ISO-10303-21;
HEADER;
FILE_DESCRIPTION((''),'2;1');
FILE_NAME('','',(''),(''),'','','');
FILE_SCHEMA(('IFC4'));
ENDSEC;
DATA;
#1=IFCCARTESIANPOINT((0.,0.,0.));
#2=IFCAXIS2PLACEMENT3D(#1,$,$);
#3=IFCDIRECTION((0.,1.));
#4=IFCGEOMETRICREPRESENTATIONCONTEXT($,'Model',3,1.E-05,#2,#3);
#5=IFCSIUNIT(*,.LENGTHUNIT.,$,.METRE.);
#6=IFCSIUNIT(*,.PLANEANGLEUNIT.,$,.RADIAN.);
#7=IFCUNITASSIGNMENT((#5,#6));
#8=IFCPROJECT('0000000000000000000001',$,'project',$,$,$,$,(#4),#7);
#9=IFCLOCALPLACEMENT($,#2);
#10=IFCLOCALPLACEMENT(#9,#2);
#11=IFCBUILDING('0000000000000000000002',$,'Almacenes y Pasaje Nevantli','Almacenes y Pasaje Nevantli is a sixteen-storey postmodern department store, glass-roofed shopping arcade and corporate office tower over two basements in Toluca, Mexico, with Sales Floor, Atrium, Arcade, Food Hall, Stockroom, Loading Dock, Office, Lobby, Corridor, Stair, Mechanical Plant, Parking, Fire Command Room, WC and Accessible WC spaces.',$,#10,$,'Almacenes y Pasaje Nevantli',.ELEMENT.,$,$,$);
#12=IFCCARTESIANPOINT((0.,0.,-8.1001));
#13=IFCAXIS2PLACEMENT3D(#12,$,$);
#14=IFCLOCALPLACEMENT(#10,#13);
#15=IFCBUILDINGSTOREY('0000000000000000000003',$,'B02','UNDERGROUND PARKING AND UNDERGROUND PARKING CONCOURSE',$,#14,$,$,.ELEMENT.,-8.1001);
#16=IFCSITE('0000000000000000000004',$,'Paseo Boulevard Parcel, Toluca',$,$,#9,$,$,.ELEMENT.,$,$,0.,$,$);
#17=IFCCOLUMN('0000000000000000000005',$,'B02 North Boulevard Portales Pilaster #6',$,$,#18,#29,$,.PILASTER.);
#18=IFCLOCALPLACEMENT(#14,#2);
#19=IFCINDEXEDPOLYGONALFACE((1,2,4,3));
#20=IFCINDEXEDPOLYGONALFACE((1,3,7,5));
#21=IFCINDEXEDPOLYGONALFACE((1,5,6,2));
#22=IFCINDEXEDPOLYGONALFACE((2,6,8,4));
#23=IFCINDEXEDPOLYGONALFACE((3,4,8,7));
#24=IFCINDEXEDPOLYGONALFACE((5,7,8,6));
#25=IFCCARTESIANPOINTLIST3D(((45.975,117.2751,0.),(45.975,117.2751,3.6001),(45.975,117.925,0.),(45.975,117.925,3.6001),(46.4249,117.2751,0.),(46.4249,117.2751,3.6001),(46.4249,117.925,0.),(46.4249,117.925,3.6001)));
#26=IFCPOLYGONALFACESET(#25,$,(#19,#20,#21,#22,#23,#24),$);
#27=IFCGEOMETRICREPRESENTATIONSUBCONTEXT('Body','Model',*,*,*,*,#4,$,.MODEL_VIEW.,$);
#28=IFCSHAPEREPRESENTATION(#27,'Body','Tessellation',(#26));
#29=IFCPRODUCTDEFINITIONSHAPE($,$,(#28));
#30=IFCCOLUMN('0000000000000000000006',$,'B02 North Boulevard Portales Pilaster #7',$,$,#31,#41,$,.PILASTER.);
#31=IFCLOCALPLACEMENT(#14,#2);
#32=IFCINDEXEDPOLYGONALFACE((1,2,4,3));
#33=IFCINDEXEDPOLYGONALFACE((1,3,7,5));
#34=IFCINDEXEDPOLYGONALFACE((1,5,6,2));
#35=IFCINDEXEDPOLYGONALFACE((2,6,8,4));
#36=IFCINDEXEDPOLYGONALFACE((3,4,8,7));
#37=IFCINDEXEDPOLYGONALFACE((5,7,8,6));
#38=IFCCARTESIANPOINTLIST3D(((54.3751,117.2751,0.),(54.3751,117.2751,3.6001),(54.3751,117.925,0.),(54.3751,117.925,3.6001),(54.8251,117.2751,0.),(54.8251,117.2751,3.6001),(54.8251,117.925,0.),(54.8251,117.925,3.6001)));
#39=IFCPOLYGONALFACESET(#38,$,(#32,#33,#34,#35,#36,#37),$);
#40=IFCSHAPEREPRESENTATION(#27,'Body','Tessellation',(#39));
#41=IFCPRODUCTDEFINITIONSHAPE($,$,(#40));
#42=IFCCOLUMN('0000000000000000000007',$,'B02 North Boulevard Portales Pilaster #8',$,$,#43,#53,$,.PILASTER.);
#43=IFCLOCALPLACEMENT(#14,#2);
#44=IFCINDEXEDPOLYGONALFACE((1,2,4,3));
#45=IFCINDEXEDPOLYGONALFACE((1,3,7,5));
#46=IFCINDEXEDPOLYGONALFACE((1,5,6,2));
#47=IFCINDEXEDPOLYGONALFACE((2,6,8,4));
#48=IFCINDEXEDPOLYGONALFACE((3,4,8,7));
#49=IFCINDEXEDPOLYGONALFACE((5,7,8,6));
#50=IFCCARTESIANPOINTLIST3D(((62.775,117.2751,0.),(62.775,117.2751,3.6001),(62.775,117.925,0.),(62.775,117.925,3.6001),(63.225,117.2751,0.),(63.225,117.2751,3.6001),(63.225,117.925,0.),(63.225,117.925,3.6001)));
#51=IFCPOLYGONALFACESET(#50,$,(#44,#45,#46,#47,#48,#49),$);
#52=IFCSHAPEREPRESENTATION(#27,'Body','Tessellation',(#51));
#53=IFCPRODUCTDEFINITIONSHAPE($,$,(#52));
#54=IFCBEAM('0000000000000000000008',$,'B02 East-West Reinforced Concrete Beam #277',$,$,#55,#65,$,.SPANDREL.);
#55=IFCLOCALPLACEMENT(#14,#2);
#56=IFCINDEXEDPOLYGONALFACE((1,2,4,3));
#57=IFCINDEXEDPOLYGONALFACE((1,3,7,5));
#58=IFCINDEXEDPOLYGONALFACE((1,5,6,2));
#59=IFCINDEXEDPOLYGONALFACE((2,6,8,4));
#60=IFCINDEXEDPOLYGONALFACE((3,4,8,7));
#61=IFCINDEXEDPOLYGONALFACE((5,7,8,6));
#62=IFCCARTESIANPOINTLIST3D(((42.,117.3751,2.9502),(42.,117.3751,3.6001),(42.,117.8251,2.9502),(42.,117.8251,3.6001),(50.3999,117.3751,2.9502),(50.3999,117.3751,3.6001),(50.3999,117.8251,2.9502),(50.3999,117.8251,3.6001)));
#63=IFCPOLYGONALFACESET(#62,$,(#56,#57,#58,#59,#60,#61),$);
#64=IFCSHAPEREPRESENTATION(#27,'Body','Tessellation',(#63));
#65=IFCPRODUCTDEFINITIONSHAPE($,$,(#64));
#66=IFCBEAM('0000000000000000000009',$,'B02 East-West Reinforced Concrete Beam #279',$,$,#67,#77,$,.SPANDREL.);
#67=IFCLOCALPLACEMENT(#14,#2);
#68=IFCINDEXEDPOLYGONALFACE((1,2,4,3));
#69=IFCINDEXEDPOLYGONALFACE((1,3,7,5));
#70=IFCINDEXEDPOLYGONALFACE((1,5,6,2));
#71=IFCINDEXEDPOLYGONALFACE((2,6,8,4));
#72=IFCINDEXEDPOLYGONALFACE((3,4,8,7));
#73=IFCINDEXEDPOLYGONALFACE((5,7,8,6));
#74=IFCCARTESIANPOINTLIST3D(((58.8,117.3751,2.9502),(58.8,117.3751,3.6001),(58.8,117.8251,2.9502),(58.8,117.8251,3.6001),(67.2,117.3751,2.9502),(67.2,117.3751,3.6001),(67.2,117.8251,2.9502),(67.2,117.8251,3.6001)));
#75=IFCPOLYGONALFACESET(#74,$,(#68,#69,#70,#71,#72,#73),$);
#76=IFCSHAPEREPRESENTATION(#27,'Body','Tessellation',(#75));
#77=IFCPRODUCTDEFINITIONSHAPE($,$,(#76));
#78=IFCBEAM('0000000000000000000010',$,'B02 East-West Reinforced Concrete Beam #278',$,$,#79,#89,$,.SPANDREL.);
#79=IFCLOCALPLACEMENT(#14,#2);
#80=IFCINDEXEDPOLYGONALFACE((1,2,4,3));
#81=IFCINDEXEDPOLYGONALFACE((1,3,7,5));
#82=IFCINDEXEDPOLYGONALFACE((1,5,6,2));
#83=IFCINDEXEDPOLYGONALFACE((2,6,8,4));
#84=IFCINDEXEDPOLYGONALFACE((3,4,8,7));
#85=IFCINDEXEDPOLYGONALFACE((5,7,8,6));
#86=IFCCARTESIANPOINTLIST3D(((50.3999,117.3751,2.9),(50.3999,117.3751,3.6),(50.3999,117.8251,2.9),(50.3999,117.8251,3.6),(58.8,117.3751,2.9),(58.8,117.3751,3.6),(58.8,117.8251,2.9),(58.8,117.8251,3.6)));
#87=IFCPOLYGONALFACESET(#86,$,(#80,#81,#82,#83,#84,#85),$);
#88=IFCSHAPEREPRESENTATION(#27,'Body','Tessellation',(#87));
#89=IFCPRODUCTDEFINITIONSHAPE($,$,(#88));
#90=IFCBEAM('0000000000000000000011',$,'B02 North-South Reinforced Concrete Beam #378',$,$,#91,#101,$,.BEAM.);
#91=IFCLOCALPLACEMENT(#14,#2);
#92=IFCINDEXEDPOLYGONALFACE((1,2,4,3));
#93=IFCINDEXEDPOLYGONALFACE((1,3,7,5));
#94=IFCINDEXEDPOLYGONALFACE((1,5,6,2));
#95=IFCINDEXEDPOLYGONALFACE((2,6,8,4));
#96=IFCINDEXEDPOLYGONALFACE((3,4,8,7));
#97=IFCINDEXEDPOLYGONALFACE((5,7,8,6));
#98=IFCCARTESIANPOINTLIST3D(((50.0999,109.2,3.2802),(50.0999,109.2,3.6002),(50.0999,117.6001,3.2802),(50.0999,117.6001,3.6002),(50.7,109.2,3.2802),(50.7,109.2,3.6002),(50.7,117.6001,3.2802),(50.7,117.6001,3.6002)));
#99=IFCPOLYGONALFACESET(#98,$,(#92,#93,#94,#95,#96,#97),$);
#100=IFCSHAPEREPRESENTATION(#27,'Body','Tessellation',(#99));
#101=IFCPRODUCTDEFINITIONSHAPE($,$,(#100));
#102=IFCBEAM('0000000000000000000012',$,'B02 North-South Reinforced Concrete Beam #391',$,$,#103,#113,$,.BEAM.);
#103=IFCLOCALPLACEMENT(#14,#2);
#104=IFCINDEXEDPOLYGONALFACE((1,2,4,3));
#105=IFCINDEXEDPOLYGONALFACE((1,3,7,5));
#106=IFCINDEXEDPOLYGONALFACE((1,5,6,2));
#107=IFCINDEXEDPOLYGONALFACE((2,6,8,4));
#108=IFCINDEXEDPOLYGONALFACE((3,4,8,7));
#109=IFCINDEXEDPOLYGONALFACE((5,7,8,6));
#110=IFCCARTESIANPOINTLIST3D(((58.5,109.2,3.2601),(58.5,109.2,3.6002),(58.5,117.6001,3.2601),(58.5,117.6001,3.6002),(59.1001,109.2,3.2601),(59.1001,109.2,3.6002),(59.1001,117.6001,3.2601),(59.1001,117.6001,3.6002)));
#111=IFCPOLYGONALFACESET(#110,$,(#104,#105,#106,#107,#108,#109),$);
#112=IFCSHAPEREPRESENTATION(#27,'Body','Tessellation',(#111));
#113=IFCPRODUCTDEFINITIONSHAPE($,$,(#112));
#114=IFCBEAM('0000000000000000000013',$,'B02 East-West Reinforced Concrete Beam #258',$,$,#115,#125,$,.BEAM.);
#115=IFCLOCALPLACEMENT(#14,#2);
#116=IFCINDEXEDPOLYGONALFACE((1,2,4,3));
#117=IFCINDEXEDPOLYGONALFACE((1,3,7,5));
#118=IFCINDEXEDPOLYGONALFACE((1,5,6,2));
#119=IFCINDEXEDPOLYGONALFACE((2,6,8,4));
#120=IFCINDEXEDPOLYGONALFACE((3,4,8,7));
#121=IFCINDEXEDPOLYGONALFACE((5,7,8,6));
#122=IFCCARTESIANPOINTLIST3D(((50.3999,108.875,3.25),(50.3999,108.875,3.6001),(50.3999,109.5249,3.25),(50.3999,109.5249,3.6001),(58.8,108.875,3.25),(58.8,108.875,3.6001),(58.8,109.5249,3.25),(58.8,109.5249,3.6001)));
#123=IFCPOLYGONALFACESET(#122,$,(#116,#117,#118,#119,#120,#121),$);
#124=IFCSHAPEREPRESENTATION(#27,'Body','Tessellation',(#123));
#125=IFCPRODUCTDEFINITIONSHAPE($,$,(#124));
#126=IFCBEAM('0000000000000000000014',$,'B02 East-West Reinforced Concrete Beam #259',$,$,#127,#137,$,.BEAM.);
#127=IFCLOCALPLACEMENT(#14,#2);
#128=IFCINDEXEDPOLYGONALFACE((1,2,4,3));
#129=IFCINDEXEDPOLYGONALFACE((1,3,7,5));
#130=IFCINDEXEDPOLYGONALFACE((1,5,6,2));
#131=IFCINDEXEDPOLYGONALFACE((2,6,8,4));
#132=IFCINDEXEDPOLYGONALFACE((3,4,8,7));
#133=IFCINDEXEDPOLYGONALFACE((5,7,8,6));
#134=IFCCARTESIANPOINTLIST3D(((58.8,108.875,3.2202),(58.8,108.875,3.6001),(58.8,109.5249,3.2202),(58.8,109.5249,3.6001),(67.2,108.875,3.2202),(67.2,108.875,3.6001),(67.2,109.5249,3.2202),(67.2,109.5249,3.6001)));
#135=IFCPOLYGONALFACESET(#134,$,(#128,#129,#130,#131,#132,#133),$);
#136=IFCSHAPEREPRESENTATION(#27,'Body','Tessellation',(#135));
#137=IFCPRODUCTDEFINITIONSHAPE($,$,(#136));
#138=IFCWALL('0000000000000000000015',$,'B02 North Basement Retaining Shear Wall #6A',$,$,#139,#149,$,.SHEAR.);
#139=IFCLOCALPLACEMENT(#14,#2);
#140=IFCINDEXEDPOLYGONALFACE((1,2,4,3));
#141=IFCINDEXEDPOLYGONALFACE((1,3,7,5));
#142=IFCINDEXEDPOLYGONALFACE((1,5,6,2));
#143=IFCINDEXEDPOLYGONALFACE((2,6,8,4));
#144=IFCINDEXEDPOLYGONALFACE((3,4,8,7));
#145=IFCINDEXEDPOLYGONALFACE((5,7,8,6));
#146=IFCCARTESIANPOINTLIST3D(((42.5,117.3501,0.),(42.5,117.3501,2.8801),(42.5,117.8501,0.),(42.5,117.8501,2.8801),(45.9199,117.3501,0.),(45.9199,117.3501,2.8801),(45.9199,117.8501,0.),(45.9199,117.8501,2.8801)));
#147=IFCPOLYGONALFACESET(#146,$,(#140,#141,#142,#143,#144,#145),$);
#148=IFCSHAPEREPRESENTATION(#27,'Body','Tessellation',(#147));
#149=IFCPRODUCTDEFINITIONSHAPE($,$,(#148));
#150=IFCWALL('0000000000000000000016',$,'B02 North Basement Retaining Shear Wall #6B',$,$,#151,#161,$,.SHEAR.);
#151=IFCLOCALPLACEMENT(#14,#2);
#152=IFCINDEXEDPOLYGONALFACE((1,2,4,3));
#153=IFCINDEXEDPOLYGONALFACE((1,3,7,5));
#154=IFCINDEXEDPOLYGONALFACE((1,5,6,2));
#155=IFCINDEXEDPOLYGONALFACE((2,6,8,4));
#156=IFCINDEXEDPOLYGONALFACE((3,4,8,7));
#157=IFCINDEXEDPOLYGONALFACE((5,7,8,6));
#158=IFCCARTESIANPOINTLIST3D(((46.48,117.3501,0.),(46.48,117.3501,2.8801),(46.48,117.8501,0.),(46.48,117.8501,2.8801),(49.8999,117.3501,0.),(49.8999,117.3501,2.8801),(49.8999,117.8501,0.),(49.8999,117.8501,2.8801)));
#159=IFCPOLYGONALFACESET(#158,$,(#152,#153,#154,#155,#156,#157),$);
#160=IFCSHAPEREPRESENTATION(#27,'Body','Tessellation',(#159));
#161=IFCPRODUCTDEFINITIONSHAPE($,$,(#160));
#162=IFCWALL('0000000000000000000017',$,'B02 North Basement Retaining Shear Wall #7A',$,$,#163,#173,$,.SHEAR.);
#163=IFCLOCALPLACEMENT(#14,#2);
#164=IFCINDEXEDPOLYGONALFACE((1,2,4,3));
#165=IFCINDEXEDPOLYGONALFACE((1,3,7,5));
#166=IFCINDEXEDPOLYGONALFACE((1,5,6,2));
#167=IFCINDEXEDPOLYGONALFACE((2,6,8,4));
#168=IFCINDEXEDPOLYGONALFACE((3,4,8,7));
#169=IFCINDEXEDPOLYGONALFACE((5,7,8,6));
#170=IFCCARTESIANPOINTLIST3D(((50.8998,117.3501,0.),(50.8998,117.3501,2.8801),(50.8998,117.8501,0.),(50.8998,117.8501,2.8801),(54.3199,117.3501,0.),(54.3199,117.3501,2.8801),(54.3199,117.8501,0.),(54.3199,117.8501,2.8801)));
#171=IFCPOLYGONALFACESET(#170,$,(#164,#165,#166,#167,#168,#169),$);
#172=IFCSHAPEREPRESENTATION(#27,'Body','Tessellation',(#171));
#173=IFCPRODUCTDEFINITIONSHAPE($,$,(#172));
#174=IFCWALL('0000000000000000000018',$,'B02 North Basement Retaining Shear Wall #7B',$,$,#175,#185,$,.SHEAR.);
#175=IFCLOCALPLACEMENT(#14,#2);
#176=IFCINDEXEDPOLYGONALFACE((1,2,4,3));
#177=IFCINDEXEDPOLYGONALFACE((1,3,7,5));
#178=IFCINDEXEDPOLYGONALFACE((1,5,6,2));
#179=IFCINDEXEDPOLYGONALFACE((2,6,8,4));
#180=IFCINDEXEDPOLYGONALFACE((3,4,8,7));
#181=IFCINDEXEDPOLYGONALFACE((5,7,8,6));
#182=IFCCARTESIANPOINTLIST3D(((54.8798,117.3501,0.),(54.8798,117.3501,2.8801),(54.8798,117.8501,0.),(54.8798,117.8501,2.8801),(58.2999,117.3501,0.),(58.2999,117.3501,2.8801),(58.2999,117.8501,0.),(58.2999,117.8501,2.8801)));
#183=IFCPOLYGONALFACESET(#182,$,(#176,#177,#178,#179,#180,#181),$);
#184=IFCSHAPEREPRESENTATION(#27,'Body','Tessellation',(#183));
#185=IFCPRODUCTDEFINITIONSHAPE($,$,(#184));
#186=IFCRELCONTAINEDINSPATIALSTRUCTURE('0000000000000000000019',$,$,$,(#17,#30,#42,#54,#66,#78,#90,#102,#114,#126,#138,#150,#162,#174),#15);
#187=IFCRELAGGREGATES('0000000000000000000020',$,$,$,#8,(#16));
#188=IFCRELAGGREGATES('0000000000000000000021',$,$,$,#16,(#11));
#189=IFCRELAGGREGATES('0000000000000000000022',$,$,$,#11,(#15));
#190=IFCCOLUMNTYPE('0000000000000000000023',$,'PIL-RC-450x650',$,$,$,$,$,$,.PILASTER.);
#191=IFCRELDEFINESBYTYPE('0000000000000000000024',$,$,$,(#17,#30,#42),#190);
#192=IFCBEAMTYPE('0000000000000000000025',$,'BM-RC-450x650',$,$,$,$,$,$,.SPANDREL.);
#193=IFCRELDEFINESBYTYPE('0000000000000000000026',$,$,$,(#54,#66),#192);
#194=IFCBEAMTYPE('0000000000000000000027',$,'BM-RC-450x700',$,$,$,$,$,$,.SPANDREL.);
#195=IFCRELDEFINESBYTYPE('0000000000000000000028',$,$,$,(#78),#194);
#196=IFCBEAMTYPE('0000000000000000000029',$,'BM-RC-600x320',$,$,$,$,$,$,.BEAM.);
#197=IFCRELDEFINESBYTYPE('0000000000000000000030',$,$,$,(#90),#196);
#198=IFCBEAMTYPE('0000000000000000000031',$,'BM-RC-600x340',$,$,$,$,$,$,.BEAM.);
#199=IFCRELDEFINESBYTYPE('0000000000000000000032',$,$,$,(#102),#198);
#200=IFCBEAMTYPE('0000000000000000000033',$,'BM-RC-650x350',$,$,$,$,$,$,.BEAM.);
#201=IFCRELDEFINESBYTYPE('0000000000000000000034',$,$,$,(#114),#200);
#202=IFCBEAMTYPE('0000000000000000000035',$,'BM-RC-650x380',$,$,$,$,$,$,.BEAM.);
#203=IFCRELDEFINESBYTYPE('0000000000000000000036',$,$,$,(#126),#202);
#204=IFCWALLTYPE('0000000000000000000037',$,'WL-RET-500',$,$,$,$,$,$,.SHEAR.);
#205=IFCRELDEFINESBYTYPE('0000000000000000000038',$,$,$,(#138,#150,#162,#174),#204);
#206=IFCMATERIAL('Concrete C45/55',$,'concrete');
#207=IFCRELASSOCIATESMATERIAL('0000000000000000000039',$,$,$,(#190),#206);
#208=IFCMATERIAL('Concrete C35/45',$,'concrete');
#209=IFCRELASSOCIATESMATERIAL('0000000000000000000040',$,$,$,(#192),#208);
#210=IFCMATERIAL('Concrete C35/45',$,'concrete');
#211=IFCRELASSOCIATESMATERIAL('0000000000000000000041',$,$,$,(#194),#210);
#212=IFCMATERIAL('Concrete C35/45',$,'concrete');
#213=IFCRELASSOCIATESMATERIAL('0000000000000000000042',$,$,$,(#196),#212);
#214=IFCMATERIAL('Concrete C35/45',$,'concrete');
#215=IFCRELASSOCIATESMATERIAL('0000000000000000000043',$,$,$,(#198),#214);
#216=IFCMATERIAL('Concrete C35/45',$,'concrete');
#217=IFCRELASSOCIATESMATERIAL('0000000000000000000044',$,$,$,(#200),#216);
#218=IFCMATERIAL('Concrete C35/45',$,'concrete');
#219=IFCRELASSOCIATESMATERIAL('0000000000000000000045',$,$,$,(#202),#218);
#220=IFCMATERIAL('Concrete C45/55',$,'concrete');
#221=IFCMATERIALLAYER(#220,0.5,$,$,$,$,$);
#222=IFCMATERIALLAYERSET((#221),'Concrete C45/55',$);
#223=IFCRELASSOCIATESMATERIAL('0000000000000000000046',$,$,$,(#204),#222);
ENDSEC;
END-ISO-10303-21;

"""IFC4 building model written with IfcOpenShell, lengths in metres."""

from ifc_helpers import new_model, si_unit, direction, frame, frame_2d, origin, origin_2d, place, context, subcontext, project, spatial, rectangle, extrude, material, layer, layer_set, material_profile, profile_set, type_object, element, save


model = new_model("IFC4")

# Units and contexts
model_context = context("Model", 3, precision=1e-05, world=origin(), true_north=direction((0.0, 1.0)))
body_context = subcontext(model_context, "Body", "Model", "MODEL_VIEW")
ifc_project = project(units=[si_unit("LENGTHUNIT", "METRE"), si_unit("PLANEANGLEUNIT", "RADIAN")], contexts=[model_context])

# Site, building, storey
site_placement = place(None, origin())
site = spatial("IfcSite", under=ifc_project, at=site_placement, Name="Paseo Boulevard Parcel, Toluca", CompositionType="ELEMENT", RefElevation=0.0)
building_placement = place(site_placement, origin())
building = spatial("IfcBuilding", under=site, at=building_placement, Name="Almacenes y Pasaje Nevantli", Description="Almacenes y Pasaje Nevantli is a sixteen-storey postmodern department store, glass-roofed shopping arcade and corporate office tower over two basements in Toluca, Mexico, with Sales Floor, Atrium, Arcade, Food Hall, Stockroom, Loading Dock, Office, Lobby, Corridor, Stair, Mechanical Plant, Parking, Fire Command Room, WC and Accessible WC spaces.", LongName="Almacenes y Pasaje Nevantli", CompositionType="ELEMENT")
storey_placement = place(building_placement, frame((0.0, 0.0, -8.1001)))
storey = spatial("IfcBuildingStorey", under=building, at=storey_placement, Name="B02", Description="UNDERGROUND PARKING AND UNDERGROUND PARKING CONCOURSE", CompositionType="ELEMENT", Elevation=-8.1001)

# Columns
ifc_material_1 = material(Name="Concrete C45/55", Category="concrete")
ifc_material_profile_1 = material_profile(ifc_material_1, rectangle(XDim=0.45, YDim=0.6499, at=origin_2d()), Name="RC-PIL-450x650")
ifc_profile_set_1 = profile_set([ifc_material_profile_1], Name="Concrete C45/55")
column_type_1 = type_object("IfcColumnType", Name="PIL-RC-450x650", PredefinedType="PILASTER", material=ifc_profile_set_1)
for number, where, z_axis, x_axis, name in (
    (1, (46.2, 117.6001, 0.0), (0.0, 0.0, 1.0), (1.0, 0.0, 0.0), "B02 North Boulevard Portales Pilaster #6"),
    (2, (54.6001, 117.6001, 0.0), (0.0, 0.0, 1.0), (1.0, 0.0, 0.0), "B02 North Boulevard Portales Pilaster #7"),
    (3, (63.0, 117.6001, 0.0), (0.0, 0.0, 1.0), (1.0, 0.0, 0.0), "B02 North Boulevard Portales Pilaster #8"),
):
    element("IfcColumn", number, at=place(storey_placement, frame(where, z_axis=z_axis, x_axis=x_axis)), inside=storey, type_object=column_type_1, Name=name, PredefinedType="PILASTER", context=body_context, shape_type="SweptSolid", body=[
        extrude(rectangle(XDim=0.45, YDim=0.6499, at=origin_2d()), origin(), (0.0, 0.0, 1.0), 3.6001),
    ])

# Beams
ifc_material_2 = material(Name="Concrete C35/45", Category="concrete")
ifc_material_profile_2 = material_profile(ifc_material_2, rectangle(XDim=0.45, YDim=0.6499, at=origin_2d()), Name="RC-BM-450x650")
ifc_profile_set_2 = profile_set([ifc_material_profile_2], Name="Concrete C35/45")
beam_type_1 = type_object("IfcBeamType", Name="BM-RC-450x650", PredefinedType="SPANDREL", material=ifc_profile_set_2)
for number, where, z_axis, x_axis, name in (
    (4, (42.0, 117.6001, 3.2751), (1.0, 0.0, 0.0), (0.0, 1.0, 0.0), "B02 East-West Reinforced Concrete Beam #277"),
    (5, (58.8, 117.6001, 3.2751), (1.0, 0.0, 0.0), (0.0, 1.0, 0.0), "B02 East-West Reinforced Concrete Beam #279"),
):
    element("IfcBeam", number, at=place(storey_placement, frame(where, z_axis=z_axis, x_axis=x_axis)), inside=storey, type_object=beam_type_1, Name=name, PredefinedType="SPANDREL", context=body_context, shape_type="SweptSolid", body=[
        extrude(rectangle(XDim=0.45, YDim=0.6499, at=origin_2d()), origin(), (0.0, 0.0, 1.0), 8.3999),
    ])
ifc_material_3 = material(Name="Concrete C35/45", Category="concrete")
ifc_material_profile_3 = material_profile(ifc_material_3, rectangle(XDim=0.45, YDim=0.7, at=origin_2d()), Name="RC-BM-450x700")
ifc_profile_set_3 = profile_set([ifc_material_profile_3], Name="Concrete C35/45")
beam_type_2 = type_object("IfcBeamType", Name="BM-RC-450x700", PredefinedType="SPANDREL", material=ifc_profile_set_3)
beam_1_placement = place(storey_placement, frame((50.3999, 117.6001, 3.25), z_axis=(1.0, 0.0, 0.0), x_axis=(0.0, 1.0, 0.0)))
element("IfcBeam", 6, at=beam_1_placement, inside=storey, type_object=beam_type_2, Name="B02 East-West Reinforced Concrete Beam #278", PredefinedType="SPANDREL", context=body_context, shape_type="SweptSolid", body=[
    extrude(rectangle(XDim=0.45, YDim=0.7, at=origin_2d()), origin(), (0.0, 0.0, 1.0), 8.4001),
])
ifc_material_4 = material(Name="Concrete C35/45", Category="concrete")
ifc_material_profile_4 = material_profile(ifc_material_4, rectangle(XDim=0.6001, YDim=0.3201, at=origin_2d()), Name="RC-BM-600x320")
ifc_profile_set_4 = profile_set([ifc_material_profile_4], Name="Concrete C35/45")
beam_type_3 = type_object("IfcBeamType", Name="BM-RC-600x320", PredefinedType="BEAM", material=ifc_profile_set_4)
beam_2_placement = place(storey_placement, frame((50.3999, 109.2, 3.4402), z_axis=(0.0, 1.0, 0.0), x_axis=(-1.0, 0.0, 0.0)))
element("IfcBeam", 7, at=beam_2_placement, inside=storey, type_object=beam_type_3, Name="B02 North-South Reinforced Concrete Beam #378", PredefinedType="BEAM", context=body_context, shape_type="SweptSolid", body=[
    extrude(rectangle(XDim=0.6001, YDim=0.3201, at=origin_2d()), origin(), (0.0, 0.0, 1.0), 8.4001),
])
ifc_material_5 = material(Name="Concrete C35/45", Category="concrete")
ifc_material_profile_5 = material_profile(ifc_material_5, rectangle(XDim=0.6001, YDim=0.3401, at=origin_2d()), Name="RC-BM-600x340")
ifc_profile_set_5 = profile_set([ifc_material_profile_5], Name="Concrete C35/45")
beam_type_4 = type_object("IfcBeamType", Name="BM-RC-600x340", PredefinedType="BEAM", material=ifc_profile_set_5)
beam_3_placement = place(storey_placement, frame((58.8, 109.2, 3.4302), z_axis=(0.0, 1.0, 0.0), x_axis=(-1.0, 0.0, 0.0)))
element("IfcBeam", 8, at=beam_3_placement, inside=storey, type_object=beam_type_4, Name="B02 North-South Reinforced Concrete Beam #391", PredefinedType="BEAM", context=body_context, shape_type="SweptSolid", body=[
    extrude(rectangle(XDim=0.6001, YDim=0.3401, at=origin_2d()), origin(), (0.0, 0.0, 1.0), 8.4001),
])
ifc_material_6 = material(Name="Concrete C35/45", Category="concrete")
ifc_material_profile_6 = material_profile(ifc_material_6, rectangle(XDim=0.6499, YDim=0.3501, at=origin_2d()), Name="RC-BM-650x350")
ifc_profile_set_6 = profile_set([ifc_material_profile_6], Name="Concrete C35/45")
beam_type_5 = type_object("IfcBeamType", Name="BM-RC-650x350", PredefinedType="BEAM", material=ifc_profile_set_6)
beam_4_placement = place(storey_placement, frame((50.3999, 109.2, 3.425), z_axis=(1.0, 0.0, 0.0), x_axis=(0.0, 1.0, 0.0)))
element("IfcBeam", 9, at=beam_4_placement, inside=storey, type_object=beam_type_5, Name="B02 East-West Reinforced Concrete Beam #258", PredefinedType="BEAM", context=body_context, shape_type="SweptSolid", body=[
    extrude(rectangle(XDim=0.6499, YDim=0.3501, at=origin_2d()), origin(), (0.0, 0.0, 1.0), 8.4001),
])
ifc_material_7 = material(Name="Concrete C35/45", Category="concrete")
ifc_material_profile_7 = material_profile(ifc_material_7, rectangle(XDim=0.6499, YDim=0.3799, at=origin_2d()), Name="RC-BM-650x380")
ifc_profile_set_7 = profile_set([ifc_material_profile_7], Name="Concrete C35/45")
beam_type_6 = type_object("IfcBeamType", Name="BM-RC-650x380", PredefinedType="BEAM", material=ifc_profile_set_7)
beam_5_placement = place(storey_placement, frame((58.8, 109.2, 3.4102), z_axis=(1.0, 0.0, 0.0), x_axis=(0.0, 1.0, 0.0)))
element("IfcBeam", 10, at=beam_5_placement, inside=storey, type_object=beam_type_6, Name="B02 East-West Reinforced Concrete Beam #259", PredefinedType="BEAM", context=body_context, shape_type="SweptSolid", body=[
    extrude(rectangle(XDim=0.6499, YDim=0.3799, at=origin_2d()), origin(), (0.0, 0.0, 1.0), 8.3999),
])

# Walls
ifc_material_8 = material(Name="Concrete C45/55", Category="concrete")
ifc_layer_1 = layer(ifc_material_8, 0.5)
ifc_layer_set_1 = layer_set([ifc_layer_1], Name="Concrete C45/55")
wall_type = type_object("IfcWallType", Name="WL-RET-500", PredefinedType="SHEAR", material=ifc_layer_set_1)
for number, where, z_axis, x_axis, name in (
    (11, (42.5, 117.6001, 0.0), (0.0, 0.0, 1.0), (1.0, 0.0, 0.0), "B02 North Basement Retaining Shear Wall #6A"),
    (12, (46.48, 117.6001, 0.0), (0.0, 0.0, 1.0), (1.0, 0.0, 0.0), "B02 North Basement Retaining Shear Wall #6B"),
):
    element("IfcWall", number, at=place(storey_placement, frame(where, z_axis=z_axis, x_axis=x_axis)), inside=storey, type_object=wall_type, Name=name, PredefinedType="SHEAR", context=body_context, shape_type="SweptSolid", body=[
        extrude(rectangle(XDim=3.4199, YDim=0.5, at=frame_2d((1.71, 0.0))), origin(), (0.0, 0.0, 1.0), 2.8801),
    ])
for number, where, z_axis, x_axis, name in (
    (13, (50.8999, 117.6001, 0.0), (0.0, 0.0, 1.0), (1.0, 0.0, 0.0), "B02 North Basement Retaining Shear Wall #7A"),
    (14, (54.8799, 117.6001, 0.0), (0.0, 0.0, 1.0), (1.0, 0.0, 0.0), "B02 North Basement Retaining Shear Wall #7B"),
):
    element("IfcWall", number, at=place(storey_placement, frame(where, z_axis=z_axis, x_axis=x_axis)), inside=storey, type_object=wall_type, Name=name, PredefinedType="SHEAR", context=body_context, shape_type="SweptSolid", body=[
        extrude(rectangle(XDim=3.4202, YDim=0.5, at=frame_2d((1.71, 0.0))), origin(), (0.0, 0.0, 1.0), 2.8801),
    ])

save(model, "model.ifc")
